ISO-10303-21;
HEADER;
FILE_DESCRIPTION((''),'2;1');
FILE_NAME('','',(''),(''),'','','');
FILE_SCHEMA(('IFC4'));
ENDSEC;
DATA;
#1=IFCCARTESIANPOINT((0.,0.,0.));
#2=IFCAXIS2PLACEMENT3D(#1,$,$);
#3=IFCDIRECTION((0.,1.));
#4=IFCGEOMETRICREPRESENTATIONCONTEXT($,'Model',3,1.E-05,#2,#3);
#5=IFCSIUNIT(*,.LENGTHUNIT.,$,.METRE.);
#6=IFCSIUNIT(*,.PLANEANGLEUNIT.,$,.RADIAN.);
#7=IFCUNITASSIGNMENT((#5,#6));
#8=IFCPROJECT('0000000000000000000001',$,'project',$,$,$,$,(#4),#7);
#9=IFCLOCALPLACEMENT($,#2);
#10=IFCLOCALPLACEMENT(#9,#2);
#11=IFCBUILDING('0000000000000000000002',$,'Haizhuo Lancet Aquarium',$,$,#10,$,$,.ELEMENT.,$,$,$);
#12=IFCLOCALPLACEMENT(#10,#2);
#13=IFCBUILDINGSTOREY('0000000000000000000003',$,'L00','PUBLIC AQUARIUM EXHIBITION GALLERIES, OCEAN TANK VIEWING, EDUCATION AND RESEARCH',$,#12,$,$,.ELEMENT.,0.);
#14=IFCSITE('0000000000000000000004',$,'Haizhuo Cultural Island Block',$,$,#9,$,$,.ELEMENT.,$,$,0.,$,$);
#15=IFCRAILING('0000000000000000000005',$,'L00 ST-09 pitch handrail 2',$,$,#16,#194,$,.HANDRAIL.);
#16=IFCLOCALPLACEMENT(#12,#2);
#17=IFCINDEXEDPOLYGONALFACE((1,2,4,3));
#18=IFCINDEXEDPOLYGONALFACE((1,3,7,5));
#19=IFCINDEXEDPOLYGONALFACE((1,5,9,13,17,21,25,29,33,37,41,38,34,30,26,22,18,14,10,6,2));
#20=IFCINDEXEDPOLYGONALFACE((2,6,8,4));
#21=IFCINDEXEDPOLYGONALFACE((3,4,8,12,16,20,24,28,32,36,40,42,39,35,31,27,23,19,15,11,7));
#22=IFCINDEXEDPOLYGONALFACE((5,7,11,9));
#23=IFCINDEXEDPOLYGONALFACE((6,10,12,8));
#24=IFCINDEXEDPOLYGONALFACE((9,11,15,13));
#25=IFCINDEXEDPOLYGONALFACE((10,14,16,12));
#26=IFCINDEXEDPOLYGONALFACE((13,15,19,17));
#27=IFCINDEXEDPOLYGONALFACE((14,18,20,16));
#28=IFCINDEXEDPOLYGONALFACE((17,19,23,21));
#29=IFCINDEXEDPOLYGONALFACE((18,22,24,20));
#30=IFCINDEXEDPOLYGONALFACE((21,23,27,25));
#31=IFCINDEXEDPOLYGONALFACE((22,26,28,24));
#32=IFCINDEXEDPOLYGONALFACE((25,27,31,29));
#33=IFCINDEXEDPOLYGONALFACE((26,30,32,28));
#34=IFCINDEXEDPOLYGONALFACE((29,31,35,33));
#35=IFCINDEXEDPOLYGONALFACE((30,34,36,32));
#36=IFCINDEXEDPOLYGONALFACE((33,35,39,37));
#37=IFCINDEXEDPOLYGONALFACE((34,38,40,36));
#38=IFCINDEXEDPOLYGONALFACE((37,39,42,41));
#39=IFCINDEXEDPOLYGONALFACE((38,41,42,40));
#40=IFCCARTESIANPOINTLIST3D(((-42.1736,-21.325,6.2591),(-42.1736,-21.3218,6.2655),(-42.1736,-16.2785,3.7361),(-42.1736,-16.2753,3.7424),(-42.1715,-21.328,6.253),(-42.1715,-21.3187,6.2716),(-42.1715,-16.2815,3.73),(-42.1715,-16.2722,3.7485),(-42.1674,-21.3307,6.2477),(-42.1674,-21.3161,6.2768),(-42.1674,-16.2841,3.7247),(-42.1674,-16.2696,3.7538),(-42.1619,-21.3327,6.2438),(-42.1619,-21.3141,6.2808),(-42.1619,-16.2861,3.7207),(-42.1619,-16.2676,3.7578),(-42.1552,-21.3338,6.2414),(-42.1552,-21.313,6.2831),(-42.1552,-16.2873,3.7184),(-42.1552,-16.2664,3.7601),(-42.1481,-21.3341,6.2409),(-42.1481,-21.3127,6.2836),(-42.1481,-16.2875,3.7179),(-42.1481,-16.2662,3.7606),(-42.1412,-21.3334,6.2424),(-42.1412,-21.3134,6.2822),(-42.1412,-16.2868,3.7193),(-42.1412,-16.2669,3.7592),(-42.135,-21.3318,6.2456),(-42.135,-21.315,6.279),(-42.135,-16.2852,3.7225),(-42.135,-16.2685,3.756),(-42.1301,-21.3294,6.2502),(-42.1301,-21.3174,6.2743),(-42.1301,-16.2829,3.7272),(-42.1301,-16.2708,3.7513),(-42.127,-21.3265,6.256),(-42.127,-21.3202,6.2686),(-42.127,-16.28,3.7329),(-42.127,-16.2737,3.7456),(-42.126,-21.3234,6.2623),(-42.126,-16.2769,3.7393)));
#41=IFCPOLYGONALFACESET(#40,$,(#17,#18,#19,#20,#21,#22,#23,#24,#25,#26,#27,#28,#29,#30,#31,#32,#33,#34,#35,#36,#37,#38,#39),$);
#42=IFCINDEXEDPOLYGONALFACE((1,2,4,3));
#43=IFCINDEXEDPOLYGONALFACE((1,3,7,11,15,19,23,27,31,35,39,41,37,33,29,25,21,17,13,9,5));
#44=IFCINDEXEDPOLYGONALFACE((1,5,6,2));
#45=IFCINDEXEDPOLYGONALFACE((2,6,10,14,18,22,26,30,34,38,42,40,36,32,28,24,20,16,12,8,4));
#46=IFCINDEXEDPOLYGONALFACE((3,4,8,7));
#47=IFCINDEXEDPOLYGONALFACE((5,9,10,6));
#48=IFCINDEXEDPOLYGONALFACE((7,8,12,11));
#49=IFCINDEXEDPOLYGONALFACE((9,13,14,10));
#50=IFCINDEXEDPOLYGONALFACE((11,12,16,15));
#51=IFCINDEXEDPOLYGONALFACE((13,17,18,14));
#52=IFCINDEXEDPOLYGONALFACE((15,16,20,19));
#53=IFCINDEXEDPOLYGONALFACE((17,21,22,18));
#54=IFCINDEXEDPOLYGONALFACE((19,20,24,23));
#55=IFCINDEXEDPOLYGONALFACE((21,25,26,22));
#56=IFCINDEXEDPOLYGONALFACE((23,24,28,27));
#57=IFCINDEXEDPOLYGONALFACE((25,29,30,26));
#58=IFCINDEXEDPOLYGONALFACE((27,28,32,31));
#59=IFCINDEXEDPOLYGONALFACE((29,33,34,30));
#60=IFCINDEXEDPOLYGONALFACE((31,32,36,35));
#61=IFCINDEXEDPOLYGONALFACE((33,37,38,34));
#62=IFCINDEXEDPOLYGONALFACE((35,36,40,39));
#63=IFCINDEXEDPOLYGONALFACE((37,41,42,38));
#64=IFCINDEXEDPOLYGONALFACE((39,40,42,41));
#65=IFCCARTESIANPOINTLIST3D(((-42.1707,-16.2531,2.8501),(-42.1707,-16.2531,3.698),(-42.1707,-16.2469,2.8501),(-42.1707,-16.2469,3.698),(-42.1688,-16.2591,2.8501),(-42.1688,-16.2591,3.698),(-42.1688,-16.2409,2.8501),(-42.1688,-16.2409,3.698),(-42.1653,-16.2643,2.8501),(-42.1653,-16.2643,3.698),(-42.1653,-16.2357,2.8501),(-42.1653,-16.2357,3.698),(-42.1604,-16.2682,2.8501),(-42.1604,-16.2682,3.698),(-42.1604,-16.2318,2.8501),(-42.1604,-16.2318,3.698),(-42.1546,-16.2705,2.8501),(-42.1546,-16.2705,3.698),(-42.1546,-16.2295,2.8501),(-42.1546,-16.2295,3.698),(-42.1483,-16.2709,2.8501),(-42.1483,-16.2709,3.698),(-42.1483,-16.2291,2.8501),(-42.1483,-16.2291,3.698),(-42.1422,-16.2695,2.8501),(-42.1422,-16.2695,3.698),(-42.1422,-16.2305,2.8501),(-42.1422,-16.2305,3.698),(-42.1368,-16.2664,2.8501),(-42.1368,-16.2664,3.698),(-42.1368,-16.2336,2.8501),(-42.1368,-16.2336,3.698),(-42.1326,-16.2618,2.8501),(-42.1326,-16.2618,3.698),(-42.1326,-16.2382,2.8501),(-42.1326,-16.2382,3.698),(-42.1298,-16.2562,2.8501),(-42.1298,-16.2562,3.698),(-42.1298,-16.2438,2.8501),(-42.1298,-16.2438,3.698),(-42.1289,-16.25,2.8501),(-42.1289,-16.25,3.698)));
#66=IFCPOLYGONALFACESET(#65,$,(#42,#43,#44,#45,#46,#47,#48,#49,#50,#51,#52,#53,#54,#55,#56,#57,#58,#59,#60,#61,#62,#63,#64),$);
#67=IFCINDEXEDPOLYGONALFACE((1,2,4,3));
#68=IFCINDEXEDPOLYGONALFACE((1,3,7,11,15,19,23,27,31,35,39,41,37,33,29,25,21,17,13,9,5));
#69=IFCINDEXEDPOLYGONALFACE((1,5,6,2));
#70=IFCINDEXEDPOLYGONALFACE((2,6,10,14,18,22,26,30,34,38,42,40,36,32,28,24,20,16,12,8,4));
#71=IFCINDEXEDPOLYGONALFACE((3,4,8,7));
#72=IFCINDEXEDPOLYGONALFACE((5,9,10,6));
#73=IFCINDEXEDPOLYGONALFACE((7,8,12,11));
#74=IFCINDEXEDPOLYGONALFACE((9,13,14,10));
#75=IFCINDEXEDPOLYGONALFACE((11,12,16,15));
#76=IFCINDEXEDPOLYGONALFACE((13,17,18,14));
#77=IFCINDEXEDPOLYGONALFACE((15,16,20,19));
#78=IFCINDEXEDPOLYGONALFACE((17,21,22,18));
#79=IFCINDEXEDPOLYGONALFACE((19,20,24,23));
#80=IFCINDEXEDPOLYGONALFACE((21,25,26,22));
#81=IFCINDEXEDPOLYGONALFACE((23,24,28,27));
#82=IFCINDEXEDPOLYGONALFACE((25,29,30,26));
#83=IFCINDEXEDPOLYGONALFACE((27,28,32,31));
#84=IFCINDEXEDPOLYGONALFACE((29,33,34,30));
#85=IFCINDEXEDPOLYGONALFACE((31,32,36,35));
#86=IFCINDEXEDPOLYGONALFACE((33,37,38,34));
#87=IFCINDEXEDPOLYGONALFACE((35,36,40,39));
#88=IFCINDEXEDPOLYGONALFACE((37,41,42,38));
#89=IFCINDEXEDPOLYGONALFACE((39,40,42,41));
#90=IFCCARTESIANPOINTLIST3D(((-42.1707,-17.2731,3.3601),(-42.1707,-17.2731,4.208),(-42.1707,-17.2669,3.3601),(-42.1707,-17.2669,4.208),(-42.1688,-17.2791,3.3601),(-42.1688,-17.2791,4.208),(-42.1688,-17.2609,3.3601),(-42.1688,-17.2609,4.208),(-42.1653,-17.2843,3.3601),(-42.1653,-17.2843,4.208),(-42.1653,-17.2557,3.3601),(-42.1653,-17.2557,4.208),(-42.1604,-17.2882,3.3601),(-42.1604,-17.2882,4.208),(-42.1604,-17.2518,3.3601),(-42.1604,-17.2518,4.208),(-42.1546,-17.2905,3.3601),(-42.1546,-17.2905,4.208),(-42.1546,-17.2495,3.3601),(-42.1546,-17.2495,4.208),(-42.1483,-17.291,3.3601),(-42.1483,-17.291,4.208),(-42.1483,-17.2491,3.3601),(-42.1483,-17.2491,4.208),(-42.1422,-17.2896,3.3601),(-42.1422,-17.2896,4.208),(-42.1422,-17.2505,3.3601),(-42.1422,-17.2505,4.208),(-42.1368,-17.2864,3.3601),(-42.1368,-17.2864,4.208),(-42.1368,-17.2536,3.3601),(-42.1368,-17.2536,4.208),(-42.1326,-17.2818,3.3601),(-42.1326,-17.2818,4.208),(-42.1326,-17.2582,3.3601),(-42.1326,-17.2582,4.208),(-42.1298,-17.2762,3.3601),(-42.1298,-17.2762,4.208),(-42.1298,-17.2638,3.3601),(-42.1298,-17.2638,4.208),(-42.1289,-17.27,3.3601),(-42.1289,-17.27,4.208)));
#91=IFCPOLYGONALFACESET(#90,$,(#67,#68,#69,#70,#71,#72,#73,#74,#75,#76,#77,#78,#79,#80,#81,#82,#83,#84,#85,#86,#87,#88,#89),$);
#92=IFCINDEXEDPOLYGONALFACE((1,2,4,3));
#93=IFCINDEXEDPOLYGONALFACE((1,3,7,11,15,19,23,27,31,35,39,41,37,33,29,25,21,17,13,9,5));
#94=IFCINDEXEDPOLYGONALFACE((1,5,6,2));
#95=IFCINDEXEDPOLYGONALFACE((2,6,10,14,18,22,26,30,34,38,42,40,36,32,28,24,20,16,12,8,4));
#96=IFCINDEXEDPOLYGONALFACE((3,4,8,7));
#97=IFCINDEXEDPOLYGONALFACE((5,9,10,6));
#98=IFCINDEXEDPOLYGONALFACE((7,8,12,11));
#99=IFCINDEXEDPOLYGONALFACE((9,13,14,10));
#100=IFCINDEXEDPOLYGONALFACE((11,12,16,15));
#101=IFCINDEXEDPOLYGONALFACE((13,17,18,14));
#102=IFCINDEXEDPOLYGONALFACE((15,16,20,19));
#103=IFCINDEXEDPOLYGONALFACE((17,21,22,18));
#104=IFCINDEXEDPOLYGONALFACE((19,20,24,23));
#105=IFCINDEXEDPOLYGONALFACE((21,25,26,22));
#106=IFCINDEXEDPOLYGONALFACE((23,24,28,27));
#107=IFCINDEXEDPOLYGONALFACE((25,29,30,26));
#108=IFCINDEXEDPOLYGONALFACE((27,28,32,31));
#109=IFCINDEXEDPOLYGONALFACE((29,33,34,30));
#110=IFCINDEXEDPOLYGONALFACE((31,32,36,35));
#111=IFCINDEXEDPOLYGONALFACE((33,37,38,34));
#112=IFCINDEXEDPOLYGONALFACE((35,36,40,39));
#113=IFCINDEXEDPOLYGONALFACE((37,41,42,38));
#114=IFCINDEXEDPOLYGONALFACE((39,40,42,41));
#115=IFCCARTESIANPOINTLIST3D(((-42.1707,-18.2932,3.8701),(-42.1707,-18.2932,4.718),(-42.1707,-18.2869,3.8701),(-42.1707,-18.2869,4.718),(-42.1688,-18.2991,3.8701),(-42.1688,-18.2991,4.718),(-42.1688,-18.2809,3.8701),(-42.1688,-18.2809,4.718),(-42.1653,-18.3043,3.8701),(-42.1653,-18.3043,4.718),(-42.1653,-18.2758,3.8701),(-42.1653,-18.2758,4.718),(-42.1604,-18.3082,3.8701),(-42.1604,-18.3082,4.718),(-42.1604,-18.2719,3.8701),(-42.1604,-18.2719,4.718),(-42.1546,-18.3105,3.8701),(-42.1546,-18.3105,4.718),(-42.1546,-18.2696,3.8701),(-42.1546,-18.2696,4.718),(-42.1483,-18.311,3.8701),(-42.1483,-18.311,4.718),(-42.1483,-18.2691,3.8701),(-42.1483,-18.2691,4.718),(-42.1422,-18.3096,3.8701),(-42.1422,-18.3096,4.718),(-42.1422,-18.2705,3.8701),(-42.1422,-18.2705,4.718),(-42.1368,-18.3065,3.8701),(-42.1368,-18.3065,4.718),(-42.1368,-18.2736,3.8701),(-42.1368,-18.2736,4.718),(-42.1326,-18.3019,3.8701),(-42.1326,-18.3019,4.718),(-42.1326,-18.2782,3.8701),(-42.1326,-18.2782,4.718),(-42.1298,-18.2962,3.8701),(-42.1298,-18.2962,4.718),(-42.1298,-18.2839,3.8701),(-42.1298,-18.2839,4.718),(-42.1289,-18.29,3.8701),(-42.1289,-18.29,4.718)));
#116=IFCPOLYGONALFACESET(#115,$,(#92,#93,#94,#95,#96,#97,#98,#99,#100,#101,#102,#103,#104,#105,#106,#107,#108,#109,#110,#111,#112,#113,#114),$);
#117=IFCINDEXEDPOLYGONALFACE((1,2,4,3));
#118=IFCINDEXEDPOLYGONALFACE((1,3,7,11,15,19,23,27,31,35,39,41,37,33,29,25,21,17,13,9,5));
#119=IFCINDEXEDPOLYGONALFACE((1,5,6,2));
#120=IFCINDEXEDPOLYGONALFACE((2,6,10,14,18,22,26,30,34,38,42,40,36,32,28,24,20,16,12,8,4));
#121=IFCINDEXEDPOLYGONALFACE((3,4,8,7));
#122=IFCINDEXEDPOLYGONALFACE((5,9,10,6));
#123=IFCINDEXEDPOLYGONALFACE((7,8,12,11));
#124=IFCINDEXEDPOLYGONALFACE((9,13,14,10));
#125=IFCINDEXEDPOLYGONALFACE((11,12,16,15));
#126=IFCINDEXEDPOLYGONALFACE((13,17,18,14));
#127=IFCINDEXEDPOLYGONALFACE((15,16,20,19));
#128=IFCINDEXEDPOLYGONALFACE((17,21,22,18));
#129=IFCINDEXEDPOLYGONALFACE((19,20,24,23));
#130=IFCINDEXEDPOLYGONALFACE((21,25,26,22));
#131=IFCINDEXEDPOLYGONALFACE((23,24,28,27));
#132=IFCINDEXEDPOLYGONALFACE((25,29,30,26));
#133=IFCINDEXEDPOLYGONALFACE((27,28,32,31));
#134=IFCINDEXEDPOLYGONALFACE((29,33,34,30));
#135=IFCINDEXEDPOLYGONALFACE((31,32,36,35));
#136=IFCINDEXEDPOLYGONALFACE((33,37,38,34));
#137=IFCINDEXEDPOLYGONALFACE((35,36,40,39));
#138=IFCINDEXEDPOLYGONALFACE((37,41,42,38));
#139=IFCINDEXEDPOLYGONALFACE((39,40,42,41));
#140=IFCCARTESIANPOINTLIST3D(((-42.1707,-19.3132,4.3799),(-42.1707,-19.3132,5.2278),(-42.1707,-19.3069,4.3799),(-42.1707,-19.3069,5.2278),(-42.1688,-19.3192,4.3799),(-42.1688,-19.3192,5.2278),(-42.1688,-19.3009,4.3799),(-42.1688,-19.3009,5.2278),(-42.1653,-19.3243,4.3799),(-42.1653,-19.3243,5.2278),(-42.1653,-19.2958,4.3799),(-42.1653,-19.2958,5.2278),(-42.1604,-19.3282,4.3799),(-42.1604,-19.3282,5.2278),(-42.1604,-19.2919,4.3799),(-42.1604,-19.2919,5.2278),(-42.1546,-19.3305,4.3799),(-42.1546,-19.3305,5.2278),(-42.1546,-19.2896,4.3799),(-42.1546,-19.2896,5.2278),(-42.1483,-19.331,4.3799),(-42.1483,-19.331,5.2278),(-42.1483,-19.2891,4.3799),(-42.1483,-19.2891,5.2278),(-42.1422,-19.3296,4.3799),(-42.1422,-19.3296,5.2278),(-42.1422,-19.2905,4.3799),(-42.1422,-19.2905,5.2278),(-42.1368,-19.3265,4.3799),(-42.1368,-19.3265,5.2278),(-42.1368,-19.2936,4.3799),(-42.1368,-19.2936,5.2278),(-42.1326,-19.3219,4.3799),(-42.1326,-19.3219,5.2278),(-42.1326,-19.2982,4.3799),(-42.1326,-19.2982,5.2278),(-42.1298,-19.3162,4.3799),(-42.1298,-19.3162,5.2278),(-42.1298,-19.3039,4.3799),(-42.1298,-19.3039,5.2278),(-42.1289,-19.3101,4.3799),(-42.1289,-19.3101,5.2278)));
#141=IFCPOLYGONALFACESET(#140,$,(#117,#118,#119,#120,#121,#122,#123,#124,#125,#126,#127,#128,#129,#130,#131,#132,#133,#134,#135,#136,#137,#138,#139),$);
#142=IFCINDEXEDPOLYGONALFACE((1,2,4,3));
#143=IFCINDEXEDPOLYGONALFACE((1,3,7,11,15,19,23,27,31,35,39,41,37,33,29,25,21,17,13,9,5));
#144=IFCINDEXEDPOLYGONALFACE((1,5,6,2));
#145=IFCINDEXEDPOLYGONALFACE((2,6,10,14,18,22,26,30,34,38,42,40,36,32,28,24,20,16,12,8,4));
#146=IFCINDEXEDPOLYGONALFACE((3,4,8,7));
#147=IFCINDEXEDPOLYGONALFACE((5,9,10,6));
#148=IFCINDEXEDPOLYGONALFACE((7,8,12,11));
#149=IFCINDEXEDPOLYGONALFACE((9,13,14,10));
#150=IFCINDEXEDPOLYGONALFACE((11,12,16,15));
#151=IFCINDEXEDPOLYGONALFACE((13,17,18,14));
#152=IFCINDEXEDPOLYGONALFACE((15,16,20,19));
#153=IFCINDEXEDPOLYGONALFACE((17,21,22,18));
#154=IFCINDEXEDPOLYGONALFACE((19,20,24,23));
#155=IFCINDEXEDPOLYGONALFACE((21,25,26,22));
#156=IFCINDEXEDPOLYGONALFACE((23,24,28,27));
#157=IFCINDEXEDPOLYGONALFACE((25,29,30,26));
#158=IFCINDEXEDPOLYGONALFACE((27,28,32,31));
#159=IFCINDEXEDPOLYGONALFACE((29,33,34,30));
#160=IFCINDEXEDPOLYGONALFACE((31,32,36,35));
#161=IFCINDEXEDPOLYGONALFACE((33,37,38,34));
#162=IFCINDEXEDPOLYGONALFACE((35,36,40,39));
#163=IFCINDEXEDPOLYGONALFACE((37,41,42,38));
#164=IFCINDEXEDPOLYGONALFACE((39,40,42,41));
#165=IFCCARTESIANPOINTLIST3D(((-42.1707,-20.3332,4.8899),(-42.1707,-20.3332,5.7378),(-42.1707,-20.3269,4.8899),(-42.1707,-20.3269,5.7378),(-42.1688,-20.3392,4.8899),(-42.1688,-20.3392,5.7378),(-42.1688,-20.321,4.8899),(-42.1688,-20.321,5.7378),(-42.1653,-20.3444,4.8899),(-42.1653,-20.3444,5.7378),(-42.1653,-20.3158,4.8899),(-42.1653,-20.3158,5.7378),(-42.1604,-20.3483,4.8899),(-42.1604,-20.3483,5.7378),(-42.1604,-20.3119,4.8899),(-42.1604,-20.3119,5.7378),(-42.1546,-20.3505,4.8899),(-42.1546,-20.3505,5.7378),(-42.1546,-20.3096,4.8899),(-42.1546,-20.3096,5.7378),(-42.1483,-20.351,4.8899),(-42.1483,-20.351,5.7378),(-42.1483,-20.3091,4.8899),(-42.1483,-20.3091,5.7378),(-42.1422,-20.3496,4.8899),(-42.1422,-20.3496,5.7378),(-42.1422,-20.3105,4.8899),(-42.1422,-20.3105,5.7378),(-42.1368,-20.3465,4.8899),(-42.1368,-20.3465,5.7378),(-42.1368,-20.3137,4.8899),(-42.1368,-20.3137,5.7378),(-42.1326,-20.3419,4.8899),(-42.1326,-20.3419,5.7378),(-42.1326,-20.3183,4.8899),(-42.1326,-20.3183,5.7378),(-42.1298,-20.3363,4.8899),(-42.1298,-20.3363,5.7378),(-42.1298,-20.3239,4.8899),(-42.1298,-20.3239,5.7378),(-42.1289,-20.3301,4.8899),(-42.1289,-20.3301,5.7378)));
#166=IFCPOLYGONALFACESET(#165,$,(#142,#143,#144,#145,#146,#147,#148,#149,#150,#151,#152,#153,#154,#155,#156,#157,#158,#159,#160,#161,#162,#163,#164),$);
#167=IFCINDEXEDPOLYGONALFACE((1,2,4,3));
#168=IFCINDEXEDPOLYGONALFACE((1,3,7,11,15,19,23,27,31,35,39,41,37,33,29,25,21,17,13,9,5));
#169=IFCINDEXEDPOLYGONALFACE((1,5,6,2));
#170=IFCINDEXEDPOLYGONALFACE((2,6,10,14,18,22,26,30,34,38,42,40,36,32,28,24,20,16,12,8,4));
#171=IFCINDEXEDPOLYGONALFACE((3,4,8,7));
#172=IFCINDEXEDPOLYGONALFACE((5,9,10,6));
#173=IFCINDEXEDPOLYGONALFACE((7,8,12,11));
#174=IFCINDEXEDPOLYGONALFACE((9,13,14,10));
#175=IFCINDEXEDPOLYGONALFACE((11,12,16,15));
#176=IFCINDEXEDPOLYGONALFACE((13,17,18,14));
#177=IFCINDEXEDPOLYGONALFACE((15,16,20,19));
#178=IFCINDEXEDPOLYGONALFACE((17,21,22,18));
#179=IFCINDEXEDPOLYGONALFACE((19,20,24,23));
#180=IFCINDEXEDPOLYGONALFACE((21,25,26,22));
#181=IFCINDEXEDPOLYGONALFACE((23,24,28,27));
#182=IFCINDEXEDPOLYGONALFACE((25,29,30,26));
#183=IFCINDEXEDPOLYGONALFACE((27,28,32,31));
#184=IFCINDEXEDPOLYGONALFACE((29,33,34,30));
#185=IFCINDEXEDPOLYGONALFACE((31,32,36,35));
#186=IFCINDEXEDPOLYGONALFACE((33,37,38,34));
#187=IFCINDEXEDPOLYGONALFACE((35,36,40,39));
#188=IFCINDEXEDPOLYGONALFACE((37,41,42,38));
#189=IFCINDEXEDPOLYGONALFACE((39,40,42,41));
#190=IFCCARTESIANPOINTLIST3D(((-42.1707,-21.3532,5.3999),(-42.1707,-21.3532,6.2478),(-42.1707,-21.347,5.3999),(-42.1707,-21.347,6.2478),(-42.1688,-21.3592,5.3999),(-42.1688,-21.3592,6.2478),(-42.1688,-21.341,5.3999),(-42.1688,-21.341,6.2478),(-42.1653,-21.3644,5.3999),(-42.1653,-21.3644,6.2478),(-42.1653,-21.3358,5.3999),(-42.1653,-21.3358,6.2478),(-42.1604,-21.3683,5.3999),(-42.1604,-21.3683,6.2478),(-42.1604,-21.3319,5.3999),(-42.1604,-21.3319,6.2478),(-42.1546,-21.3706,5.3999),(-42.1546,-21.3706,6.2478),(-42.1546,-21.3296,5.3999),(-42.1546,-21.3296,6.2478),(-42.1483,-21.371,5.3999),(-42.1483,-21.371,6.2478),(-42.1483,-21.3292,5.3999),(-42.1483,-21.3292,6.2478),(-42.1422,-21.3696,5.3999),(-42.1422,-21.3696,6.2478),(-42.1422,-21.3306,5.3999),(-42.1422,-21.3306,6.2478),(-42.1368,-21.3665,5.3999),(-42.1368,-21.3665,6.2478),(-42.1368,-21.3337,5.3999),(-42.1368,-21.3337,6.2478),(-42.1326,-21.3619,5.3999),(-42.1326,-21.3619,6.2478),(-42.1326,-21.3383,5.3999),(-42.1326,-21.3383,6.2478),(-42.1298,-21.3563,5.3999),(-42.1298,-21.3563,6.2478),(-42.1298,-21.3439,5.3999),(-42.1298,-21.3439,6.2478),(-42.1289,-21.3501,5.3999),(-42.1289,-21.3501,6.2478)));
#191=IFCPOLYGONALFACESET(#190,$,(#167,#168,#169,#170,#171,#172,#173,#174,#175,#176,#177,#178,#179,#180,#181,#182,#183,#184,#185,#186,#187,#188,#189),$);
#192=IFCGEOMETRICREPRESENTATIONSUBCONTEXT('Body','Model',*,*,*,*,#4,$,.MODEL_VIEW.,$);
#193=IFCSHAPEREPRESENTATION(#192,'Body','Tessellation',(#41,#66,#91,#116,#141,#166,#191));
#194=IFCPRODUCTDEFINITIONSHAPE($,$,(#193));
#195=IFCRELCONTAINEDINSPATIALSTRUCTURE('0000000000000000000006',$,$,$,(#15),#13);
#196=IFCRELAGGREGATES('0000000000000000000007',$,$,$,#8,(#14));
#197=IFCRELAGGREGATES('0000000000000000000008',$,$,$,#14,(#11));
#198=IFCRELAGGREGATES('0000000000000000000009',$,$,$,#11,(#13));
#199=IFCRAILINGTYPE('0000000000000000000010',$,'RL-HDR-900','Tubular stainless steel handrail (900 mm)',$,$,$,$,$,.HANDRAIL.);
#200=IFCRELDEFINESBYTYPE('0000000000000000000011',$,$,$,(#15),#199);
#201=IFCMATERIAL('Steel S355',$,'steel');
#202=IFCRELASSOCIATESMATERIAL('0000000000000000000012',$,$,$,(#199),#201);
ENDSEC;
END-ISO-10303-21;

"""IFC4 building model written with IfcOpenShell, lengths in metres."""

from ifc_helpers import new_model, si_unit, direction, frame, origin, origin_2d, place, context, subcontext, project, spatial, circle, extrude, material, type_object, element, save


model = new_model("IFC4")

# Units and contexts
model_context = context("Model", 3, precision=1e-05, world=origin(), true_north=direction((0.0, 1.0)))
body_context = subcontext(model_context, "Body", "Model", "MODEL_VIEW")
ifc_project = project(units=[si_unit("LENGTHUNIT", "METRE"), si_unit("PLANEANGLEUNIT", "RADIAN")], contexts=[model_context])

# Site, building, storey
site_placement = place(None, origin())
site = spatial("IfcSite", under=ifc_project, at=site_placement, Name="Haizhuo Cultural Island Block", CompositionType="ELEMENT", RefElevation=0.0)
building_placement = place(site_placement, origin())
building = spatial("IfcBuilding", under=site, at=building_placement, Name="Haizhuo Lancet Aquarium", CompositionType="ELEMENT")
storey_placement = place(building_placement, origin())
storey = spatial("IfcBuildingStorey", under=building, at=storey_placement, Name="L00", Description="PUBLIC AQUARIUM EXHIBITION GALLERIES, OCEAN TANK VIEWING, EDUCATION AND RESEARCH", CompositionType="ELEMENT", Elevation=0.0)

# Shared definitions
ifc_material_1 = material(Name="Steel S355", Category="steel")

# Railing
railing_type_1 = type_object("IfcRailingType", Name="RL-HDR-900", Description="Tubular stainless steel handrail (900 mm)", PredefinedType="HANDRAIL", material=ifc_material_1)
railing_1_placement = place(storey_placement, frame((-42.1499, -16.25, 2.8501)))
element("IfcRailing", 1, at=railing_1_placement, inside=storey, type_object=railing_type_1, Name="L00 ST-09 pitch handrail 2", PredefinedType="HANDRAIL", context=body_context, shape_type="SweptSolid", body=[
    extrude(circle(Radius=0.0239, at=origin_2d()), frame((0.0, -0.0269, 0.8892), z_axis=(0.0, -0.894444, 0.447179), x_axis=(1.0, 0.0, 0.0)), (0.0, 0.0, 1.0), 5.6421),
    extrude(circle(Radius=0.021, at=origin_2d()), origin(), (0.0, 0.0, 1.0), 0.8479),
    extrude(circle(Radius=0.021, at=origin_2d()), frame((0.0, -1.02, 0.51)), (0.0, 0.0, 1.0), 0.8479),
    extrude(circle(Radius=0.021, at=origin_2d()), frame((0.0, -2.04, 1.02)), (0.0, 0.0, 1.0), 0.8479),
    extrude(circle(Radius=0.021, at=origin_2d()), frame((0.0, -3.0601, 1.5298)), (0.0, 0.0, 1.0), 0.8479),
    extrude(circle(Radius=0.021, at=origin_2d()), frame((0.0, -4.0801, 2.0398)), (0.0, 0.0, 1.0), 0.8479),
    extrude(circle(Radius=0.021, at=origin_2d()), frame((0.0, -5.1001, 2.5498)), (0.0, 0.0, 1.0), 0.8479),
])

save(model, "model.ifc")
